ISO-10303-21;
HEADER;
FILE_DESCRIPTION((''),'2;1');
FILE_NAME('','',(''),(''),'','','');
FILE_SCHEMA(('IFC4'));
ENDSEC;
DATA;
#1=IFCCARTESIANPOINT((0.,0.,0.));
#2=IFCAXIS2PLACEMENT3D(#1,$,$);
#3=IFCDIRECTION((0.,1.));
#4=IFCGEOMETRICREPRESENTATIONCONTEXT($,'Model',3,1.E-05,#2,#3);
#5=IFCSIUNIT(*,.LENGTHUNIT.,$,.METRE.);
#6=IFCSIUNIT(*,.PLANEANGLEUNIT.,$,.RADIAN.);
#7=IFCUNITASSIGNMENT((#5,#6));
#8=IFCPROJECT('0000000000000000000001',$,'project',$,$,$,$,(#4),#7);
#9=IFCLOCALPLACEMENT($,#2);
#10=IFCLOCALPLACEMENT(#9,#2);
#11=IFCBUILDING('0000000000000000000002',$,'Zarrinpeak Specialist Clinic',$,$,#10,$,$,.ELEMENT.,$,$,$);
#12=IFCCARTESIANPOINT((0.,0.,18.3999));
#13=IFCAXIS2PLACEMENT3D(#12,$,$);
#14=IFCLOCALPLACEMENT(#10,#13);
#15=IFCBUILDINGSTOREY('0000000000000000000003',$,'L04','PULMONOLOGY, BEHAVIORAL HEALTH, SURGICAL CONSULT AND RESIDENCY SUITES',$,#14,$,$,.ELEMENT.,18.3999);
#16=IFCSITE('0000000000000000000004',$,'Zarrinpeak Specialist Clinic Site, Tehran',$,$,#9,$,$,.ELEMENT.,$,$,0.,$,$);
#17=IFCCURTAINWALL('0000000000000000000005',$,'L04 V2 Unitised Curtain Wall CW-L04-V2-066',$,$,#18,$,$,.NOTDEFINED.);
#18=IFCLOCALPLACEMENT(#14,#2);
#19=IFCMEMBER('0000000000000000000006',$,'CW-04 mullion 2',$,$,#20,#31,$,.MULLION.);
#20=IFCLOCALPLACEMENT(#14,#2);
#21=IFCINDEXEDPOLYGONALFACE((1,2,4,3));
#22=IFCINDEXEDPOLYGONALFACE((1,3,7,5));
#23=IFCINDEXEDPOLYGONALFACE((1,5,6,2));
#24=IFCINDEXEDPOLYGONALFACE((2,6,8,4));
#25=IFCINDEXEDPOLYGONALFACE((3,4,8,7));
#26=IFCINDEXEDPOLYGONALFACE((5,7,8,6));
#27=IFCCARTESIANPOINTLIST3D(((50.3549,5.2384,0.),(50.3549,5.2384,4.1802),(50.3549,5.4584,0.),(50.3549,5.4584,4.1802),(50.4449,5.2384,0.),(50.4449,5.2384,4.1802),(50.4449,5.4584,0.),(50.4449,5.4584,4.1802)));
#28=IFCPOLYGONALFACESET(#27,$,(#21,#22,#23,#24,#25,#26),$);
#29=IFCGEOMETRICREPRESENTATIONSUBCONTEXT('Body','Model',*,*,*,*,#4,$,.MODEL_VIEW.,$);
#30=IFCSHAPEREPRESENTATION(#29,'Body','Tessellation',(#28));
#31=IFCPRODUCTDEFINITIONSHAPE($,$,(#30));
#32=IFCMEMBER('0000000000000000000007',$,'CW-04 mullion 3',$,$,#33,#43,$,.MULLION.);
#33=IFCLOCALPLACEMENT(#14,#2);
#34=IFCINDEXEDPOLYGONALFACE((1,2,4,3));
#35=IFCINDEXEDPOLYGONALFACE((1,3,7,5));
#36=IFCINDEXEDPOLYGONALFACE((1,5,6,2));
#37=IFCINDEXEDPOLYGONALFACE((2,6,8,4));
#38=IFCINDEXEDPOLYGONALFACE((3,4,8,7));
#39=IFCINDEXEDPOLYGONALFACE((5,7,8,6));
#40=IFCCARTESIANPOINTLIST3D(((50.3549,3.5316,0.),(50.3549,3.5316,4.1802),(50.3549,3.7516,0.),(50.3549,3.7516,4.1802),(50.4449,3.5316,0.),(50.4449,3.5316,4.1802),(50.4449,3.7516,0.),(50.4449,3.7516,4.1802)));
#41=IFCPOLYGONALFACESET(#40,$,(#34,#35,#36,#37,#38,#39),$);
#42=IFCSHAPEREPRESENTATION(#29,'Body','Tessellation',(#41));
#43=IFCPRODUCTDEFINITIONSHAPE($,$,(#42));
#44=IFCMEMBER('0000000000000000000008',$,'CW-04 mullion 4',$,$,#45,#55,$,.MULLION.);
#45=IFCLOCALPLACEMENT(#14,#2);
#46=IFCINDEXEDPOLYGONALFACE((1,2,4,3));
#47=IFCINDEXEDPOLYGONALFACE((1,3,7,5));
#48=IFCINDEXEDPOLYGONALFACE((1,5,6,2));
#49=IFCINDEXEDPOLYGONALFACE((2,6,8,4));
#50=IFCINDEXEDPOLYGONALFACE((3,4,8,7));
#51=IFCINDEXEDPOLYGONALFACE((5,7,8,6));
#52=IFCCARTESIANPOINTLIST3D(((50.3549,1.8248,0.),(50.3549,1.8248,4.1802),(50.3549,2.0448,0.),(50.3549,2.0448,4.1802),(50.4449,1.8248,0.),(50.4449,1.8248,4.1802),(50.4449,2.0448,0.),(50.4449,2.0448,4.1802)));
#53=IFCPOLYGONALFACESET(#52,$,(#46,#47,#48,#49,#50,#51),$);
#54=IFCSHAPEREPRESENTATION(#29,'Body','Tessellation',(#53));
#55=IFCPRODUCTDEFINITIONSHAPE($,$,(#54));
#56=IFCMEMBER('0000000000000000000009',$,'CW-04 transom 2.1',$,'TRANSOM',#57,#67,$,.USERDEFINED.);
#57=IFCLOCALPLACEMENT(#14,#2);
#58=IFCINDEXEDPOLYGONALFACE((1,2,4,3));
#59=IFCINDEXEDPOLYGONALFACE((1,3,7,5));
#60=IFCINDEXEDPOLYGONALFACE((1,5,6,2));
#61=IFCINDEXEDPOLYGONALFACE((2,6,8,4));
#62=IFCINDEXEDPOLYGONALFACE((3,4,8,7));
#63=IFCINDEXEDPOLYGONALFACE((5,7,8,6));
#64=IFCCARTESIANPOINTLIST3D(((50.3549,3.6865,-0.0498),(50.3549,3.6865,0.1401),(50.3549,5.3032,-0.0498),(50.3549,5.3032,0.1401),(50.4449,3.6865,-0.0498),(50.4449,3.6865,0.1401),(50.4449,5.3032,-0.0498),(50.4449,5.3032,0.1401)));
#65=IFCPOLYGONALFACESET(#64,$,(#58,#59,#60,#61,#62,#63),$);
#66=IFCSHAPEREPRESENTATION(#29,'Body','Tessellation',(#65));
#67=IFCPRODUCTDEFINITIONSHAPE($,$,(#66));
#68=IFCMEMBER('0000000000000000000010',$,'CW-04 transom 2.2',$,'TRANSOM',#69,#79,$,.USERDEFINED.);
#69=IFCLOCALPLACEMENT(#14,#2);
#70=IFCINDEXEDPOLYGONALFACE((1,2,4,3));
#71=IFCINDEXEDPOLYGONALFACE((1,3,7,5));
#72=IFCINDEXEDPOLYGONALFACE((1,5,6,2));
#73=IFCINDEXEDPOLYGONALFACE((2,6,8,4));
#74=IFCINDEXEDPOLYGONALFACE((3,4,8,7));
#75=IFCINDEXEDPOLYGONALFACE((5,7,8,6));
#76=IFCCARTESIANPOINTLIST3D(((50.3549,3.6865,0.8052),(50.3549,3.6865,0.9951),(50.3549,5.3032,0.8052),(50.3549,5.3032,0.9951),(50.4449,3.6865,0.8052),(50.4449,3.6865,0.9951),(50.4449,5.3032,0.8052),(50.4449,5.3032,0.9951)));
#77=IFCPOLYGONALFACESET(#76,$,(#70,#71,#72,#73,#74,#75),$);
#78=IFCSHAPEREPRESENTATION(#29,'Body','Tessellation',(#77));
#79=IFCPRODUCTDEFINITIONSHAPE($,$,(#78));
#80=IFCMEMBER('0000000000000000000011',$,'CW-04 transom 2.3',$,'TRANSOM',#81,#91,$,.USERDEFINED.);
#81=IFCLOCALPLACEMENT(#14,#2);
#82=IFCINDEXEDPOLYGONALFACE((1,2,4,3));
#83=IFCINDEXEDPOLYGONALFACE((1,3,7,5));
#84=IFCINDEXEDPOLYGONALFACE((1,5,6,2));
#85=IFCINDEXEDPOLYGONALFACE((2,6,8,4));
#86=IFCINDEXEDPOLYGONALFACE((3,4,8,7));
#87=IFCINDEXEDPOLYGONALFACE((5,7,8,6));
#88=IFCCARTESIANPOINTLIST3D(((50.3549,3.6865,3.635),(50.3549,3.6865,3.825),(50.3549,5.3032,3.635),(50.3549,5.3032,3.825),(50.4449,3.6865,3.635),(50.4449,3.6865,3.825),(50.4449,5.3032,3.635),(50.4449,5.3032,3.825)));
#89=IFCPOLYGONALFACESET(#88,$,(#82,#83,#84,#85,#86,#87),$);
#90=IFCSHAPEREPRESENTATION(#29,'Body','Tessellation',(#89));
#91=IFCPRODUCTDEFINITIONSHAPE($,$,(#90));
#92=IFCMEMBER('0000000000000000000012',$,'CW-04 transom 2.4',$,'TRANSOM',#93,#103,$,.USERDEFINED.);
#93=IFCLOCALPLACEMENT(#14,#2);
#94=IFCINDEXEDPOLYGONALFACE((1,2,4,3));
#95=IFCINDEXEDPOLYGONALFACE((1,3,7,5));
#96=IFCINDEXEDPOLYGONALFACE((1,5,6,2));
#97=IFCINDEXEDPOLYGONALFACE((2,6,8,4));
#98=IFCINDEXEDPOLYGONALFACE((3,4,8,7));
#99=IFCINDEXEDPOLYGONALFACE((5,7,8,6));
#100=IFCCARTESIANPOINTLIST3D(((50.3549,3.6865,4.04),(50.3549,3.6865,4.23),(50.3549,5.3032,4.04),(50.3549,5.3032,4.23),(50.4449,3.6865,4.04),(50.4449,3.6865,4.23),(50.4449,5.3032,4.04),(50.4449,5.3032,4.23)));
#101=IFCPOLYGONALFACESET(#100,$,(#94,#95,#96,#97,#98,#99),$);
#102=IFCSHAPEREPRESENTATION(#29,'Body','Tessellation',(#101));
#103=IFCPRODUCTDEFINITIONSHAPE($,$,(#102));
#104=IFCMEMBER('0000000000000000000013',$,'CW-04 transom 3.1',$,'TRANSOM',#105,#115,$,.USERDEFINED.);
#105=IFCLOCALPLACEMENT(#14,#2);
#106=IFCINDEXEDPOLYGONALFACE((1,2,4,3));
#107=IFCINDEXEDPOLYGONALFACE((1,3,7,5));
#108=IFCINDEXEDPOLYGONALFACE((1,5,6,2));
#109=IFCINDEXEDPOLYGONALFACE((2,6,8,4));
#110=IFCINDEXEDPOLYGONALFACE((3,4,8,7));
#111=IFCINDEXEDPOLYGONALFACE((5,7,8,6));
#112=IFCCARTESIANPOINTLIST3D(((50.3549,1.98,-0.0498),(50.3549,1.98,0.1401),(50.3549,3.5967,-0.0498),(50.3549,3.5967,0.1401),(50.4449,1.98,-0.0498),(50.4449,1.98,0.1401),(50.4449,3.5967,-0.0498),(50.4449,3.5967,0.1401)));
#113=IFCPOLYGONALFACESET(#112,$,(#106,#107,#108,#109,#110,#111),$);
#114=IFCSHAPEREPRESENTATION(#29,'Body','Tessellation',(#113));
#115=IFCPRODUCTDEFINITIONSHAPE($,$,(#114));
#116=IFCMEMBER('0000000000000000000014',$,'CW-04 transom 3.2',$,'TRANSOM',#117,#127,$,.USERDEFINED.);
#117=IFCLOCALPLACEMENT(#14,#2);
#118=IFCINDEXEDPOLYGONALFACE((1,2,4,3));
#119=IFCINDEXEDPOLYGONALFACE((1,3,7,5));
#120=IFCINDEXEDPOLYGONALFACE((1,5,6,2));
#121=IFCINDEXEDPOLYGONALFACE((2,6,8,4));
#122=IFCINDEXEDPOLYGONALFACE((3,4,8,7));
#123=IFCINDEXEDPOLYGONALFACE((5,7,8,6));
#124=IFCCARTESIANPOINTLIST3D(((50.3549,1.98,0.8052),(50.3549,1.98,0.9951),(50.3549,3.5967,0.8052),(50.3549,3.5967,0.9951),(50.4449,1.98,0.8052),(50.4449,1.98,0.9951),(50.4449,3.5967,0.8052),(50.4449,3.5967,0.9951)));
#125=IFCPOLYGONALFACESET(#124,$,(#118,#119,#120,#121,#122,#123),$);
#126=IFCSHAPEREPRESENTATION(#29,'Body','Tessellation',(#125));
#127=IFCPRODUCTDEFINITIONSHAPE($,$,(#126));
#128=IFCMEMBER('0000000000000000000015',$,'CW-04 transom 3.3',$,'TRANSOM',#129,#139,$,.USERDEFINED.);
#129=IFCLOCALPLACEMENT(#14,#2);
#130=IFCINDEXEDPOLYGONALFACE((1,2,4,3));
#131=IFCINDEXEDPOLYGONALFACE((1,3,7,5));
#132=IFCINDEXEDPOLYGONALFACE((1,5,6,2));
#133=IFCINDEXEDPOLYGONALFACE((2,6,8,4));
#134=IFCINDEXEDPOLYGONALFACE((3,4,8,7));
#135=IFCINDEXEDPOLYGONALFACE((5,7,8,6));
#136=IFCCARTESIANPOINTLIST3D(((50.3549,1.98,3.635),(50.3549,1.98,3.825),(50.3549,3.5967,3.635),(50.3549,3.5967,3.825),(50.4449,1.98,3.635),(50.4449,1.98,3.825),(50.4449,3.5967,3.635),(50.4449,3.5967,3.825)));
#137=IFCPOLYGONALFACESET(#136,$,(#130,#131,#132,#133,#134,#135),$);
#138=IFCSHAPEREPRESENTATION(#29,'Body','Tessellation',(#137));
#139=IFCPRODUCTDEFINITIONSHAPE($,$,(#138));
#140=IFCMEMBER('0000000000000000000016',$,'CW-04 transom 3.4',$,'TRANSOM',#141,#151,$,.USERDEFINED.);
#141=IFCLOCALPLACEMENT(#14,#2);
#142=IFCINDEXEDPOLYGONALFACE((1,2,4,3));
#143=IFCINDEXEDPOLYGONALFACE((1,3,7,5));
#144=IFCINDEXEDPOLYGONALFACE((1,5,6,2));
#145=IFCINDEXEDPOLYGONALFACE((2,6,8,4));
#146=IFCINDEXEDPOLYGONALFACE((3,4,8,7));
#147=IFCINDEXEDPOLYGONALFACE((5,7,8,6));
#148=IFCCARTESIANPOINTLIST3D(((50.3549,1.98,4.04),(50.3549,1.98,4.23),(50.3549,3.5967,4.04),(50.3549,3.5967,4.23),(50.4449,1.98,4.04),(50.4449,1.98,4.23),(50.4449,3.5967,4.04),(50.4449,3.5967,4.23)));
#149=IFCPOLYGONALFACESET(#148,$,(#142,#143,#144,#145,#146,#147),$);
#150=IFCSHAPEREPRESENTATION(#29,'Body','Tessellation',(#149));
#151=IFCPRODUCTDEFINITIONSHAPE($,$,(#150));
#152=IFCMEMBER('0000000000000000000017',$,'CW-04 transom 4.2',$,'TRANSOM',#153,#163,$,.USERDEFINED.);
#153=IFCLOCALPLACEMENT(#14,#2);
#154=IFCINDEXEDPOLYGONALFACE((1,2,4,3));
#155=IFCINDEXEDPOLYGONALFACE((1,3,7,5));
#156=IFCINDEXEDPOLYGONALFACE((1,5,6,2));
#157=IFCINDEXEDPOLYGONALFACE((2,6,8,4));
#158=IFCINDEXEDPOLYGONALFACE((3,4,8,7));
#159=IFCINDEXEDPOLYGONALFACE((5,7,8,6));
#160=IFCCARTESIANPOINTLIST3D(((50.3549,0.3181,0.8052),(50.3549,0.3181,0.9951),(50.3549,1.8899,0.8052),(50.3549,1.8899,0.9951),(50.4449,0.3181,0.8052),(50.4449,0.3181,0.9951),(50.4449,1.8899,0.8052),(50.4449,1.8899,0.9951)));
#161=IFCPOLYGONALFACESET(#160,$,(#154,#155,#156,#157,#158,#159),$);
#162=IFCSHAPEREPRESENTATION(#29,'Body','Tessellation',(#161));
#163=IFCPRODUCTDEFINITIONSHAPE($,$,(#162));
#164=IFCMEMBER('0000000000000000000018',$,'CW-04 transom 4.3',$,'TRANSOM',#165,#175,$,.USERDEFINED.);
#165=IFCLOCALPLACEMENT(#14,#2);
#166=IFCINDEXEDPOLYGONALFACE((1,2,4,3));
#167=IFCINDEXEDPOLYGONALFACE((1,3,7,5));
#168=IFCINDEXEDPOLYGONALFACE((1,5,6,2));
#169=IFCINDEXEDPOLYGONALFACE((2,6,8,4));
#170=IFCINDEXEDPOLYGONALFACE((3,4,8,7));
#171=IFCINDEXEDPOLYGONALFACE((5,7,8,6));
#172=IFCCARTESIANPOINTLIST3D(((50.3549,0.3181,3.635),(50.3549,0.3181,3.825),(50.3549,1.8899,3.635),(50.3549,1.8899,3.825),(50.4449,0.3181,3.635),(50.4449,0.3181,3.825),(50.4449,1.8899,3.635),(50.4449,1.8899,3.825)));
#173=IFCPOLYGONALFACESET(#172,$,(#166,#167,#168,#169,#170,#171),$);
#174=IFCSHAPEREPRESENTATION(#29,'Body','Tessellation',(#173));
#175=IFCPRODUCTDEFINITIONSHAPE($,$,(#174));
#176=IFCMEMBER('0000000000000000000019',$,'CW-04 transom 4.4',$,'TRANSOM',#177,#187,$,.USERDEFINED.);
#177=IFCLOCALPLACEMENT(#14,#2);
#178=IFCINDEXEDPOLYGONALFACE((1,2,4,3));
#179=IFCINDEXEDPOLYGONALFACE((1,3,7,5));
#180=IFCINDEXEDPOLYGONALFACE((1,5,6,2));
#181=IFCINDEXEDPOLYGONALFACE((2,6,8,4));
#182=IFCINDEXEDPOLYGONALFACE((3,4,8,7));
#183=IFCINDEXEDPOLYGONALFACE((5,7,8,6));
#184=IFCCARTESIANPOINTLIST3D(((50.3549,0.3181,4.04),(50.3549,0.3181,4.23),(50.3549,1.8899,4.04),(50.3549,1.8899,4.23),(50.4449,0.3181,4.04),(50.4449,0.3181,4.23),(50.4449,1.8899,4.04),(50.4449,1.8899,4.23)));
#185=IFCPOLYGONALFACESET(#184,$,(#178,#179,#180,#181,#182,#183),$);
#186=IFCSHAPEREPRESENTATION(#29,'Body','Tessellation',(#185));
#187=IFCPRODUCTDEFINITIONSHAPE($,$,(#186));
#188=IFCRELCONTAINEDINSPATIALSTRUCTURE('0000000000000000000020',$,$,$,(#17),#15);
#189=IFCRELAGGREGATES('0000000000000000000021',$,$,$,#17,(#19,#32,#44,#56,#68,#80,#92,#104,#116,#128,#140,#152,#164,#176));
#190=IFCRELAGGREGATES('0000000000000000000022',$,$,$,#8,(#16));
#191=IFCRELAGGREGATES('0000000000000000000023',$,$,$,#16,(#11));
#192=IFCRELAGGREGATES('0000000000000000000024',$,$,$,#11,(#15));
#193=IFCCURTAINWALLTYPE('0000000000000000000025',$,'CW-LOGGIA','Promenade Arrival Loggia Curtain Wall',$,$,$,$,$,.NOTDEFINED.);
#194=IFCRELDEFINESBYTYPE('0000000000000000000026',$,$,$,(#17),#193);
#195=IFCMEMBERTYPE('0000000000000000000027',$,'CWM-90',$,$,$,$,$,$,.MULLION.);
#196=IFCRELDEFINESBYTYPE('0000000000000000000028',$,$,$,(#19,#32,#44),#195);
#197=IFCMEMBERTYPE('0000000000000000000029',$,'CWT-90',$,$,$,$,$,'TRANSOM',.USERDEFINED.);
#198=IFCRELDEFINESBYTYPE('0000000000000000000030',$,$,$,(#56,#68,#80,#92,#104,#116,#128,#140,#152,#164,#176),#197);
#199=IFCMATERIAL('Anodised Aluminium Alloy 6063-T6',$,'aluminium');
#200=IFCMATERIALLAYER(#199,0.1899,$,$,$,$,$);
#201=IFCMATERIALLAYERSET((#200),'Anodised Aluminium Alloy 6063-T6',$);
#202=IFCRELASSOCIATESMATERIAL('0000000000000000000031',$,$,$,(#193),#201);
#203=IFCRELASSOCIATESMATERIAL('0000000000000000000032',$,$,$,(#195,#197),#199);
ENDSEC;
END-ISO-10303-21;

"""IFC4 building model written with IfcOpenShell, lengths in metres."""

from ifc_helpers import new_model, si_unit, direction, frame, origin, origin_2d, place, context, subcontext, project, spatial, rectangle, extrude, material, layer, layer_set, material_profile, profile_set, type_object, element, aggregate, save


model = new_model("IFC4")

# Units and contexts
model_context = context("Model", 3, precision=1e-05, world=origin(), true_north=direction((0.0, 1.0)))
body_context = subcontext(model_context, "Body", "Model", "MODEL_VIEW")
ifc_project = project(units=[si_unit("LENGTHUNIT", "METRE"), si_unit("PLANEANGLEUNIT", "RADIAN")], contexts=[model_context])

# Site, building, storey
site_placement = place(None, origin())
site = spatial("IfcSite", under=ifc_project, at=site_placement, Name="Zarrinpeak Specialist Clinic Site, Tehran", CompositionType="ELEMENT", RefElevation=0.0)
building_placement = place(site_placement, origin())
building = spatial("IfcBuilding", under=site, at=building_placement, Name="Zarrinpeak Specialist Clinic", CompositionType="ELEMENT")
storey_placement = place(building_placement, frame((0.0, 0.0, 18.3999)))
storey = spatial("IfcBuildingStorey", under=building, at=storey_placement, Name="L04", Description="PULMONOLOGY, BEHAVIORAL HEALTH, SURGICAL CONSULT AND RESIDENCY SUITES", CompositionType="ELEMENT", Elevation=18.3999)

# Curtain wall, members
ifc_material_1 = material(Name="Anodised Aluminium Alloy 6063-T6", Category="aluminium")
ifc_layer_1 = layer(ifc_material_1, 0.1899)
ifc_layer_set_1 = layer_set([ifc_layer_1], Name="Anodised Aluminium Alloy 6063-T6")
curtain_wall_type = type_object("IfcCurtainWallType", Name="CW-LOGGIA", Description="Promenade Arrival Loggia Curtain Wall", PredefinedType="NOTDEFINED", material=ifc_layer_set_1)
curtain_wall_placement = place(storey_placement, origin())
curtain_wall = element("IfcCurtainWall", 1, at=curtain_wall_placement, inside=storey, type_object=curtain_wall_type, Name="L04 V2 Unitised Curtain Wall CW-L04-V2-066", PredefinedType="NOTDEFINED")
ifc_material_profile_1 = material_profile(ifc_material_1, rectangle(XDim=0.0901, YDim=0.22, at=origin_2d()), Name="ALU 90x220")
ifc_profile_set_1 = profile_set([ifc_material_profile_1], Name="Anodised Aluminium Alloy 6063-T6")
member_type_1 = type_object("IfcMemberType", Name="CWM-90", PredefinedType="MULLION", material=ifc_profile_set_1)
member_1_placement = place(storey_placement, frame((50.3999, 5.3484, 0.0), z_axis=(0.0, 0.0, 1.0), x_axis=(1.0, 0.0, 0.0)))
member_1 = element("IfcMember", 2, at=member_1_placement, type_object=member_type_1, Name="CW-04 mullion 2", PredefinedType="MULLION", context=body_context, shape_type="SweptSolid", body=[
    extrude(rectangle(XDim=0.0901, YDim=0.22, at=origin_2d()), origin(), (0.0, 0.0, 1.0), 4.1802),
])
member_2_placement = place(storey_placement, frame((50.3999, 3.6416, 0.0), z_axis=(0.0, 0.0, 1.0), x_axis=(1.0, 0.0, 0.0)))
member_2 = element("IfcMember", 3, at=member_2_placement, type_object=member_type_1, Name="CW-04 mullion 3", PredefinedType="MULLION", context=body_context, shape_type="SweptSolid", body=[
    extrude(rectangle(XDim=0.0901, YDim=0.22, at=origin_2d()), origin(), (0.0, 0.0, 1.0), 4.1802),
])
member_3_placement = place(storey_placement, frame((50.3999, 1.9348, 0.0), z_axis=(0.0, 0.0, 1.0), x_axis=(1.0, 0.0, 0.0)))
member_3 = element("IfcMember", 4, at=member_3_placement, type_object=member_type_1, Name="CW-04 mullion 4", PredefinedType="MULLION", context=body_context, shape_type="SweptSolid", body=[
    extrude(rectangle(XDim=0.0901, YDim=0.22, at=origin_2d()), origin(), (0.0, 0.0, 1.0), 4.1802),
])
ifc_material_profile_2 = material_profile(ifc_material_1, rectangle(XDim=0.0901, YDim=0.1899, at=origin_2d()), Name="ALU 90x190")
ifc_profile_set_2 = profile_set([ifc_material_profile_2], Name="Anodised Aluminium Alloy 6063-T6")
member_type_2 = type_object("IfcMemberType", Name="CWT-90", ElementType="TRANSOM", PredefinedType="USERDEFINED", material=ifc_profile_set_2)
member_4_placement = place(storey_placement, frame((50.3999, 5.3032, 0.0452), z_axis=(0.0, -1.0, 0.0), x_axis=(1.0, 0.0, 0.0)))
member_4 = element("IfcMember", 5, at=member_4_placement, type_object=member_type_2, Name="CW-04 transom 2.1", ObjectType="TRANSOM", PredefinedType="USERDEFINED", context=body_context, shape_type="SweptSolid", body=[
    extrude(rectangle(XDim=0.0901, YDim=0.1899, at=origin_2d()), origin(), (0.0, 0.0, 1.0), 1.6167),
])
member_5_placement = place(storey_placement, frame((50.3999, 5.3032, 0.9001), z_axis=(0.0, -1.0, 0.0), x_axis=(1.0, 0.0, 0.0)))
member_5 = element("IfcMember", 6, at=member_5_placement, type_object=member_type_2, Name="CW-04 transom 2.2", ObjectType="TRANSOM", PredefinedType="USERDEFINED", context=body_context, shape_type="SweptSolid", body=[
    extrude(rectangle(XDim=0.0901, YDim=0.1899, at=origin_2d()), origin(), (0.0, 0.0, 1.0), 1.6167),
])
member_6_placement = place(storey_placement, frame((50.3999, 5.3032, 3.73), z_axis=(0.0, -1.0, 0.0), x_axis=(1.0, 0.0, 0.0)))
member_6 = element("IfcMember", 7, at=member_6_placement, type_object=member_type_2, Name="CW-04 transom 2.3", ObjectType="TRANSOM", PredefinedType="USERDEFINED", context=body_context, shape_type="SweptSolid", body=[
    extrude(rectangle(XDim=0.0901, YDim=0.1899, at=origin_2d()), origin(), (0.0, 0.0, 1.0), 1.6167),
])
member_7_placement = place(storey_placement, frame((50.3999, 5.3032, 4.135), z_axis=(0.0, -1.0, 0.0), x_axis=(1.0, 0.0, 0.0)))
member_7 = element("IfcMember", 8, at=member_7_placement, type_object=member_type_2, Name="CW-04 transom 2.4", ObjectType="TRANSOM", PredefinedType="USERDEFINED", context=body_context, shape_type="SweptSolid", body=[
    extrude(rectangle(XDim=0.0901, YDim=0.1899, at=origin_2d()), origin(), (0.0, 0.0, 1.0), 1.6167),
])
member_8_placement = place(storey_placement, frame((50.3999, 3.5967, 0.0452), z_axis=(0.0, -1.0, 0.0), x_axis=(1.0, 0.0, 0.0)))
member_8 = element("IfcMember", 9, at=member_8_placement, type_object=member_type_2, Name="CW-04 transom 3.1", ObjectType="TRANSOM", PredefinedType="USERDEFINED", context=body_context, shape_type="SweptSolid", body=[
    extrude(rectangle(XDim=0.0901, YDim=0.1899, at=origin_2d()), origin(), (0.0, 0.0, 1.0), 1.6167),
])
member_9_placement = place(storey_placement, frame((50.3999, 3.5967, 0.9001), z_axis=(0.0, -1.0, 0.0), x_axis=(1.0, 0.0, 0.0)))
member_9 = element("IfcMember", 10, at=member_9_placement, type_object=member_type_2, Name="CW-04 transom 3.2", ObjectType="TRANSOM", PredefinedType="USERDEFINED", context=body_context, shape_type="SweptSolid", body=[
    extrude(rectangle(XDim=0.0901, YDim=0.1899, at=origin_2d()), origin(), (0.0, 0.0, 1.0), 1.6167),
])
member_10_placement = place(storey_placement, frame((50.3999, 3.5967, 3.73), z_axis=(0.0, -1.0, 0.0), x_axis=(1.0, 0.0, 0.0)))
member_10 = element("IfcMember", 11, at=member_10_placement, type_object=member_type_2, Name="CW-04 transom 3.3", ObjectType="TRANSOM", PredefinedType="USERDEFINED", context=body_context, shape_type="SweptSolid", body=[
    extrude(rectangle(XDim=0.0901, YDim=0.1899, at=origin_2d()), origin(), (0.0, 0.0, 1.0), 1.6167),
])
member_11_placement = place(storey_placement, frame((50.3999, 3.5967, 4.135), z_axis=(0.0, -1.0, 0.0), x_axis=(1.0, 0.0, 0.0)))
member_11 = element("IfcMember", 12, at=member_11_placement, type_object=member_type_2, Name="CW-04 transom 3.4", ObjectType="TRANSOM", PredefinedType="USERDEFINED", context=body_context, shape_type="SweptSolid", body=[
    extrude(rectangle(XDim=0.0901, YDim=0.1899, at=origin_2d()), origin(), (0.0, 0.0, 1.0), 1.6167),
])
member_12_placement = place(storey_placement, frame((50.3999, 1.8899, 0.9001), z_axis=(0.0, -1.0, 0.0), x_axis=(1.0, 0.0, 0.0)))
member_12 = element("IfcMember", 13, at=member_12_placement, type_object=member_type_2, Name="CW-04 transom 4.2", ObjectType="TRANSOM", PredefinedType="USERDEFINED", context=body_context, shape_type="SweptSolid", body=[
    extrude(rectangle(XDim=0.0901, YDim=0.1899, at=origin_2d()), origin(), (0.0, 0.0, 1.0), 1.5718),
])
member_13_placement = place(storey_placement, frame((50.3999, 1.8899, 3.73), z_axis=(0.0, -1.0, 0.0), x_axis=(1.0, 0.0, 0.0)))
member_13 = element("IfcMember", 14, at=member_13_placement, type_object=member_type_2, Name="CW-04 transom 4.3", ObjectType="TRANSOM", PredefinedType="USERDEFINED", context=body_context, shape_type="SweptSolid", body=[
    extrude(rectangle(XDim=0.0901, YDim=0.1899, at=origin_2d()), origin(), (0.0, 0.0, 1.0), 1.5718),
])
member_14_placement = place(storey_placement, frame((50.3999, 1.8899, 4.135), z_axis=(0.0, -1.0, 0.0), x_axis=(1.0, 0.0, 0.0)))
member_14 = element("IfcMember", 15, at=member_14_placement, type_object=member_type_2, Name="CW-04 transom 4.4", ObjectType="TRANSOM", PredefinedType="USERDEFINED", context=body_context, shape_type="SweptSolid", body=[
    extrude(rectangle(XDim=0.0901, YDim=0.1899, at=origin_2d()), origin(), (0.0, 0.0, 1.0), 1.5718),
])
aggregate(curtain_wall, [member_1, member_2, member_3, member_4, member_5, member_6, member_7, member_8, member_9, member_10, member_11, member_12, member_13, member_14])

save(model, "model.ifc")
